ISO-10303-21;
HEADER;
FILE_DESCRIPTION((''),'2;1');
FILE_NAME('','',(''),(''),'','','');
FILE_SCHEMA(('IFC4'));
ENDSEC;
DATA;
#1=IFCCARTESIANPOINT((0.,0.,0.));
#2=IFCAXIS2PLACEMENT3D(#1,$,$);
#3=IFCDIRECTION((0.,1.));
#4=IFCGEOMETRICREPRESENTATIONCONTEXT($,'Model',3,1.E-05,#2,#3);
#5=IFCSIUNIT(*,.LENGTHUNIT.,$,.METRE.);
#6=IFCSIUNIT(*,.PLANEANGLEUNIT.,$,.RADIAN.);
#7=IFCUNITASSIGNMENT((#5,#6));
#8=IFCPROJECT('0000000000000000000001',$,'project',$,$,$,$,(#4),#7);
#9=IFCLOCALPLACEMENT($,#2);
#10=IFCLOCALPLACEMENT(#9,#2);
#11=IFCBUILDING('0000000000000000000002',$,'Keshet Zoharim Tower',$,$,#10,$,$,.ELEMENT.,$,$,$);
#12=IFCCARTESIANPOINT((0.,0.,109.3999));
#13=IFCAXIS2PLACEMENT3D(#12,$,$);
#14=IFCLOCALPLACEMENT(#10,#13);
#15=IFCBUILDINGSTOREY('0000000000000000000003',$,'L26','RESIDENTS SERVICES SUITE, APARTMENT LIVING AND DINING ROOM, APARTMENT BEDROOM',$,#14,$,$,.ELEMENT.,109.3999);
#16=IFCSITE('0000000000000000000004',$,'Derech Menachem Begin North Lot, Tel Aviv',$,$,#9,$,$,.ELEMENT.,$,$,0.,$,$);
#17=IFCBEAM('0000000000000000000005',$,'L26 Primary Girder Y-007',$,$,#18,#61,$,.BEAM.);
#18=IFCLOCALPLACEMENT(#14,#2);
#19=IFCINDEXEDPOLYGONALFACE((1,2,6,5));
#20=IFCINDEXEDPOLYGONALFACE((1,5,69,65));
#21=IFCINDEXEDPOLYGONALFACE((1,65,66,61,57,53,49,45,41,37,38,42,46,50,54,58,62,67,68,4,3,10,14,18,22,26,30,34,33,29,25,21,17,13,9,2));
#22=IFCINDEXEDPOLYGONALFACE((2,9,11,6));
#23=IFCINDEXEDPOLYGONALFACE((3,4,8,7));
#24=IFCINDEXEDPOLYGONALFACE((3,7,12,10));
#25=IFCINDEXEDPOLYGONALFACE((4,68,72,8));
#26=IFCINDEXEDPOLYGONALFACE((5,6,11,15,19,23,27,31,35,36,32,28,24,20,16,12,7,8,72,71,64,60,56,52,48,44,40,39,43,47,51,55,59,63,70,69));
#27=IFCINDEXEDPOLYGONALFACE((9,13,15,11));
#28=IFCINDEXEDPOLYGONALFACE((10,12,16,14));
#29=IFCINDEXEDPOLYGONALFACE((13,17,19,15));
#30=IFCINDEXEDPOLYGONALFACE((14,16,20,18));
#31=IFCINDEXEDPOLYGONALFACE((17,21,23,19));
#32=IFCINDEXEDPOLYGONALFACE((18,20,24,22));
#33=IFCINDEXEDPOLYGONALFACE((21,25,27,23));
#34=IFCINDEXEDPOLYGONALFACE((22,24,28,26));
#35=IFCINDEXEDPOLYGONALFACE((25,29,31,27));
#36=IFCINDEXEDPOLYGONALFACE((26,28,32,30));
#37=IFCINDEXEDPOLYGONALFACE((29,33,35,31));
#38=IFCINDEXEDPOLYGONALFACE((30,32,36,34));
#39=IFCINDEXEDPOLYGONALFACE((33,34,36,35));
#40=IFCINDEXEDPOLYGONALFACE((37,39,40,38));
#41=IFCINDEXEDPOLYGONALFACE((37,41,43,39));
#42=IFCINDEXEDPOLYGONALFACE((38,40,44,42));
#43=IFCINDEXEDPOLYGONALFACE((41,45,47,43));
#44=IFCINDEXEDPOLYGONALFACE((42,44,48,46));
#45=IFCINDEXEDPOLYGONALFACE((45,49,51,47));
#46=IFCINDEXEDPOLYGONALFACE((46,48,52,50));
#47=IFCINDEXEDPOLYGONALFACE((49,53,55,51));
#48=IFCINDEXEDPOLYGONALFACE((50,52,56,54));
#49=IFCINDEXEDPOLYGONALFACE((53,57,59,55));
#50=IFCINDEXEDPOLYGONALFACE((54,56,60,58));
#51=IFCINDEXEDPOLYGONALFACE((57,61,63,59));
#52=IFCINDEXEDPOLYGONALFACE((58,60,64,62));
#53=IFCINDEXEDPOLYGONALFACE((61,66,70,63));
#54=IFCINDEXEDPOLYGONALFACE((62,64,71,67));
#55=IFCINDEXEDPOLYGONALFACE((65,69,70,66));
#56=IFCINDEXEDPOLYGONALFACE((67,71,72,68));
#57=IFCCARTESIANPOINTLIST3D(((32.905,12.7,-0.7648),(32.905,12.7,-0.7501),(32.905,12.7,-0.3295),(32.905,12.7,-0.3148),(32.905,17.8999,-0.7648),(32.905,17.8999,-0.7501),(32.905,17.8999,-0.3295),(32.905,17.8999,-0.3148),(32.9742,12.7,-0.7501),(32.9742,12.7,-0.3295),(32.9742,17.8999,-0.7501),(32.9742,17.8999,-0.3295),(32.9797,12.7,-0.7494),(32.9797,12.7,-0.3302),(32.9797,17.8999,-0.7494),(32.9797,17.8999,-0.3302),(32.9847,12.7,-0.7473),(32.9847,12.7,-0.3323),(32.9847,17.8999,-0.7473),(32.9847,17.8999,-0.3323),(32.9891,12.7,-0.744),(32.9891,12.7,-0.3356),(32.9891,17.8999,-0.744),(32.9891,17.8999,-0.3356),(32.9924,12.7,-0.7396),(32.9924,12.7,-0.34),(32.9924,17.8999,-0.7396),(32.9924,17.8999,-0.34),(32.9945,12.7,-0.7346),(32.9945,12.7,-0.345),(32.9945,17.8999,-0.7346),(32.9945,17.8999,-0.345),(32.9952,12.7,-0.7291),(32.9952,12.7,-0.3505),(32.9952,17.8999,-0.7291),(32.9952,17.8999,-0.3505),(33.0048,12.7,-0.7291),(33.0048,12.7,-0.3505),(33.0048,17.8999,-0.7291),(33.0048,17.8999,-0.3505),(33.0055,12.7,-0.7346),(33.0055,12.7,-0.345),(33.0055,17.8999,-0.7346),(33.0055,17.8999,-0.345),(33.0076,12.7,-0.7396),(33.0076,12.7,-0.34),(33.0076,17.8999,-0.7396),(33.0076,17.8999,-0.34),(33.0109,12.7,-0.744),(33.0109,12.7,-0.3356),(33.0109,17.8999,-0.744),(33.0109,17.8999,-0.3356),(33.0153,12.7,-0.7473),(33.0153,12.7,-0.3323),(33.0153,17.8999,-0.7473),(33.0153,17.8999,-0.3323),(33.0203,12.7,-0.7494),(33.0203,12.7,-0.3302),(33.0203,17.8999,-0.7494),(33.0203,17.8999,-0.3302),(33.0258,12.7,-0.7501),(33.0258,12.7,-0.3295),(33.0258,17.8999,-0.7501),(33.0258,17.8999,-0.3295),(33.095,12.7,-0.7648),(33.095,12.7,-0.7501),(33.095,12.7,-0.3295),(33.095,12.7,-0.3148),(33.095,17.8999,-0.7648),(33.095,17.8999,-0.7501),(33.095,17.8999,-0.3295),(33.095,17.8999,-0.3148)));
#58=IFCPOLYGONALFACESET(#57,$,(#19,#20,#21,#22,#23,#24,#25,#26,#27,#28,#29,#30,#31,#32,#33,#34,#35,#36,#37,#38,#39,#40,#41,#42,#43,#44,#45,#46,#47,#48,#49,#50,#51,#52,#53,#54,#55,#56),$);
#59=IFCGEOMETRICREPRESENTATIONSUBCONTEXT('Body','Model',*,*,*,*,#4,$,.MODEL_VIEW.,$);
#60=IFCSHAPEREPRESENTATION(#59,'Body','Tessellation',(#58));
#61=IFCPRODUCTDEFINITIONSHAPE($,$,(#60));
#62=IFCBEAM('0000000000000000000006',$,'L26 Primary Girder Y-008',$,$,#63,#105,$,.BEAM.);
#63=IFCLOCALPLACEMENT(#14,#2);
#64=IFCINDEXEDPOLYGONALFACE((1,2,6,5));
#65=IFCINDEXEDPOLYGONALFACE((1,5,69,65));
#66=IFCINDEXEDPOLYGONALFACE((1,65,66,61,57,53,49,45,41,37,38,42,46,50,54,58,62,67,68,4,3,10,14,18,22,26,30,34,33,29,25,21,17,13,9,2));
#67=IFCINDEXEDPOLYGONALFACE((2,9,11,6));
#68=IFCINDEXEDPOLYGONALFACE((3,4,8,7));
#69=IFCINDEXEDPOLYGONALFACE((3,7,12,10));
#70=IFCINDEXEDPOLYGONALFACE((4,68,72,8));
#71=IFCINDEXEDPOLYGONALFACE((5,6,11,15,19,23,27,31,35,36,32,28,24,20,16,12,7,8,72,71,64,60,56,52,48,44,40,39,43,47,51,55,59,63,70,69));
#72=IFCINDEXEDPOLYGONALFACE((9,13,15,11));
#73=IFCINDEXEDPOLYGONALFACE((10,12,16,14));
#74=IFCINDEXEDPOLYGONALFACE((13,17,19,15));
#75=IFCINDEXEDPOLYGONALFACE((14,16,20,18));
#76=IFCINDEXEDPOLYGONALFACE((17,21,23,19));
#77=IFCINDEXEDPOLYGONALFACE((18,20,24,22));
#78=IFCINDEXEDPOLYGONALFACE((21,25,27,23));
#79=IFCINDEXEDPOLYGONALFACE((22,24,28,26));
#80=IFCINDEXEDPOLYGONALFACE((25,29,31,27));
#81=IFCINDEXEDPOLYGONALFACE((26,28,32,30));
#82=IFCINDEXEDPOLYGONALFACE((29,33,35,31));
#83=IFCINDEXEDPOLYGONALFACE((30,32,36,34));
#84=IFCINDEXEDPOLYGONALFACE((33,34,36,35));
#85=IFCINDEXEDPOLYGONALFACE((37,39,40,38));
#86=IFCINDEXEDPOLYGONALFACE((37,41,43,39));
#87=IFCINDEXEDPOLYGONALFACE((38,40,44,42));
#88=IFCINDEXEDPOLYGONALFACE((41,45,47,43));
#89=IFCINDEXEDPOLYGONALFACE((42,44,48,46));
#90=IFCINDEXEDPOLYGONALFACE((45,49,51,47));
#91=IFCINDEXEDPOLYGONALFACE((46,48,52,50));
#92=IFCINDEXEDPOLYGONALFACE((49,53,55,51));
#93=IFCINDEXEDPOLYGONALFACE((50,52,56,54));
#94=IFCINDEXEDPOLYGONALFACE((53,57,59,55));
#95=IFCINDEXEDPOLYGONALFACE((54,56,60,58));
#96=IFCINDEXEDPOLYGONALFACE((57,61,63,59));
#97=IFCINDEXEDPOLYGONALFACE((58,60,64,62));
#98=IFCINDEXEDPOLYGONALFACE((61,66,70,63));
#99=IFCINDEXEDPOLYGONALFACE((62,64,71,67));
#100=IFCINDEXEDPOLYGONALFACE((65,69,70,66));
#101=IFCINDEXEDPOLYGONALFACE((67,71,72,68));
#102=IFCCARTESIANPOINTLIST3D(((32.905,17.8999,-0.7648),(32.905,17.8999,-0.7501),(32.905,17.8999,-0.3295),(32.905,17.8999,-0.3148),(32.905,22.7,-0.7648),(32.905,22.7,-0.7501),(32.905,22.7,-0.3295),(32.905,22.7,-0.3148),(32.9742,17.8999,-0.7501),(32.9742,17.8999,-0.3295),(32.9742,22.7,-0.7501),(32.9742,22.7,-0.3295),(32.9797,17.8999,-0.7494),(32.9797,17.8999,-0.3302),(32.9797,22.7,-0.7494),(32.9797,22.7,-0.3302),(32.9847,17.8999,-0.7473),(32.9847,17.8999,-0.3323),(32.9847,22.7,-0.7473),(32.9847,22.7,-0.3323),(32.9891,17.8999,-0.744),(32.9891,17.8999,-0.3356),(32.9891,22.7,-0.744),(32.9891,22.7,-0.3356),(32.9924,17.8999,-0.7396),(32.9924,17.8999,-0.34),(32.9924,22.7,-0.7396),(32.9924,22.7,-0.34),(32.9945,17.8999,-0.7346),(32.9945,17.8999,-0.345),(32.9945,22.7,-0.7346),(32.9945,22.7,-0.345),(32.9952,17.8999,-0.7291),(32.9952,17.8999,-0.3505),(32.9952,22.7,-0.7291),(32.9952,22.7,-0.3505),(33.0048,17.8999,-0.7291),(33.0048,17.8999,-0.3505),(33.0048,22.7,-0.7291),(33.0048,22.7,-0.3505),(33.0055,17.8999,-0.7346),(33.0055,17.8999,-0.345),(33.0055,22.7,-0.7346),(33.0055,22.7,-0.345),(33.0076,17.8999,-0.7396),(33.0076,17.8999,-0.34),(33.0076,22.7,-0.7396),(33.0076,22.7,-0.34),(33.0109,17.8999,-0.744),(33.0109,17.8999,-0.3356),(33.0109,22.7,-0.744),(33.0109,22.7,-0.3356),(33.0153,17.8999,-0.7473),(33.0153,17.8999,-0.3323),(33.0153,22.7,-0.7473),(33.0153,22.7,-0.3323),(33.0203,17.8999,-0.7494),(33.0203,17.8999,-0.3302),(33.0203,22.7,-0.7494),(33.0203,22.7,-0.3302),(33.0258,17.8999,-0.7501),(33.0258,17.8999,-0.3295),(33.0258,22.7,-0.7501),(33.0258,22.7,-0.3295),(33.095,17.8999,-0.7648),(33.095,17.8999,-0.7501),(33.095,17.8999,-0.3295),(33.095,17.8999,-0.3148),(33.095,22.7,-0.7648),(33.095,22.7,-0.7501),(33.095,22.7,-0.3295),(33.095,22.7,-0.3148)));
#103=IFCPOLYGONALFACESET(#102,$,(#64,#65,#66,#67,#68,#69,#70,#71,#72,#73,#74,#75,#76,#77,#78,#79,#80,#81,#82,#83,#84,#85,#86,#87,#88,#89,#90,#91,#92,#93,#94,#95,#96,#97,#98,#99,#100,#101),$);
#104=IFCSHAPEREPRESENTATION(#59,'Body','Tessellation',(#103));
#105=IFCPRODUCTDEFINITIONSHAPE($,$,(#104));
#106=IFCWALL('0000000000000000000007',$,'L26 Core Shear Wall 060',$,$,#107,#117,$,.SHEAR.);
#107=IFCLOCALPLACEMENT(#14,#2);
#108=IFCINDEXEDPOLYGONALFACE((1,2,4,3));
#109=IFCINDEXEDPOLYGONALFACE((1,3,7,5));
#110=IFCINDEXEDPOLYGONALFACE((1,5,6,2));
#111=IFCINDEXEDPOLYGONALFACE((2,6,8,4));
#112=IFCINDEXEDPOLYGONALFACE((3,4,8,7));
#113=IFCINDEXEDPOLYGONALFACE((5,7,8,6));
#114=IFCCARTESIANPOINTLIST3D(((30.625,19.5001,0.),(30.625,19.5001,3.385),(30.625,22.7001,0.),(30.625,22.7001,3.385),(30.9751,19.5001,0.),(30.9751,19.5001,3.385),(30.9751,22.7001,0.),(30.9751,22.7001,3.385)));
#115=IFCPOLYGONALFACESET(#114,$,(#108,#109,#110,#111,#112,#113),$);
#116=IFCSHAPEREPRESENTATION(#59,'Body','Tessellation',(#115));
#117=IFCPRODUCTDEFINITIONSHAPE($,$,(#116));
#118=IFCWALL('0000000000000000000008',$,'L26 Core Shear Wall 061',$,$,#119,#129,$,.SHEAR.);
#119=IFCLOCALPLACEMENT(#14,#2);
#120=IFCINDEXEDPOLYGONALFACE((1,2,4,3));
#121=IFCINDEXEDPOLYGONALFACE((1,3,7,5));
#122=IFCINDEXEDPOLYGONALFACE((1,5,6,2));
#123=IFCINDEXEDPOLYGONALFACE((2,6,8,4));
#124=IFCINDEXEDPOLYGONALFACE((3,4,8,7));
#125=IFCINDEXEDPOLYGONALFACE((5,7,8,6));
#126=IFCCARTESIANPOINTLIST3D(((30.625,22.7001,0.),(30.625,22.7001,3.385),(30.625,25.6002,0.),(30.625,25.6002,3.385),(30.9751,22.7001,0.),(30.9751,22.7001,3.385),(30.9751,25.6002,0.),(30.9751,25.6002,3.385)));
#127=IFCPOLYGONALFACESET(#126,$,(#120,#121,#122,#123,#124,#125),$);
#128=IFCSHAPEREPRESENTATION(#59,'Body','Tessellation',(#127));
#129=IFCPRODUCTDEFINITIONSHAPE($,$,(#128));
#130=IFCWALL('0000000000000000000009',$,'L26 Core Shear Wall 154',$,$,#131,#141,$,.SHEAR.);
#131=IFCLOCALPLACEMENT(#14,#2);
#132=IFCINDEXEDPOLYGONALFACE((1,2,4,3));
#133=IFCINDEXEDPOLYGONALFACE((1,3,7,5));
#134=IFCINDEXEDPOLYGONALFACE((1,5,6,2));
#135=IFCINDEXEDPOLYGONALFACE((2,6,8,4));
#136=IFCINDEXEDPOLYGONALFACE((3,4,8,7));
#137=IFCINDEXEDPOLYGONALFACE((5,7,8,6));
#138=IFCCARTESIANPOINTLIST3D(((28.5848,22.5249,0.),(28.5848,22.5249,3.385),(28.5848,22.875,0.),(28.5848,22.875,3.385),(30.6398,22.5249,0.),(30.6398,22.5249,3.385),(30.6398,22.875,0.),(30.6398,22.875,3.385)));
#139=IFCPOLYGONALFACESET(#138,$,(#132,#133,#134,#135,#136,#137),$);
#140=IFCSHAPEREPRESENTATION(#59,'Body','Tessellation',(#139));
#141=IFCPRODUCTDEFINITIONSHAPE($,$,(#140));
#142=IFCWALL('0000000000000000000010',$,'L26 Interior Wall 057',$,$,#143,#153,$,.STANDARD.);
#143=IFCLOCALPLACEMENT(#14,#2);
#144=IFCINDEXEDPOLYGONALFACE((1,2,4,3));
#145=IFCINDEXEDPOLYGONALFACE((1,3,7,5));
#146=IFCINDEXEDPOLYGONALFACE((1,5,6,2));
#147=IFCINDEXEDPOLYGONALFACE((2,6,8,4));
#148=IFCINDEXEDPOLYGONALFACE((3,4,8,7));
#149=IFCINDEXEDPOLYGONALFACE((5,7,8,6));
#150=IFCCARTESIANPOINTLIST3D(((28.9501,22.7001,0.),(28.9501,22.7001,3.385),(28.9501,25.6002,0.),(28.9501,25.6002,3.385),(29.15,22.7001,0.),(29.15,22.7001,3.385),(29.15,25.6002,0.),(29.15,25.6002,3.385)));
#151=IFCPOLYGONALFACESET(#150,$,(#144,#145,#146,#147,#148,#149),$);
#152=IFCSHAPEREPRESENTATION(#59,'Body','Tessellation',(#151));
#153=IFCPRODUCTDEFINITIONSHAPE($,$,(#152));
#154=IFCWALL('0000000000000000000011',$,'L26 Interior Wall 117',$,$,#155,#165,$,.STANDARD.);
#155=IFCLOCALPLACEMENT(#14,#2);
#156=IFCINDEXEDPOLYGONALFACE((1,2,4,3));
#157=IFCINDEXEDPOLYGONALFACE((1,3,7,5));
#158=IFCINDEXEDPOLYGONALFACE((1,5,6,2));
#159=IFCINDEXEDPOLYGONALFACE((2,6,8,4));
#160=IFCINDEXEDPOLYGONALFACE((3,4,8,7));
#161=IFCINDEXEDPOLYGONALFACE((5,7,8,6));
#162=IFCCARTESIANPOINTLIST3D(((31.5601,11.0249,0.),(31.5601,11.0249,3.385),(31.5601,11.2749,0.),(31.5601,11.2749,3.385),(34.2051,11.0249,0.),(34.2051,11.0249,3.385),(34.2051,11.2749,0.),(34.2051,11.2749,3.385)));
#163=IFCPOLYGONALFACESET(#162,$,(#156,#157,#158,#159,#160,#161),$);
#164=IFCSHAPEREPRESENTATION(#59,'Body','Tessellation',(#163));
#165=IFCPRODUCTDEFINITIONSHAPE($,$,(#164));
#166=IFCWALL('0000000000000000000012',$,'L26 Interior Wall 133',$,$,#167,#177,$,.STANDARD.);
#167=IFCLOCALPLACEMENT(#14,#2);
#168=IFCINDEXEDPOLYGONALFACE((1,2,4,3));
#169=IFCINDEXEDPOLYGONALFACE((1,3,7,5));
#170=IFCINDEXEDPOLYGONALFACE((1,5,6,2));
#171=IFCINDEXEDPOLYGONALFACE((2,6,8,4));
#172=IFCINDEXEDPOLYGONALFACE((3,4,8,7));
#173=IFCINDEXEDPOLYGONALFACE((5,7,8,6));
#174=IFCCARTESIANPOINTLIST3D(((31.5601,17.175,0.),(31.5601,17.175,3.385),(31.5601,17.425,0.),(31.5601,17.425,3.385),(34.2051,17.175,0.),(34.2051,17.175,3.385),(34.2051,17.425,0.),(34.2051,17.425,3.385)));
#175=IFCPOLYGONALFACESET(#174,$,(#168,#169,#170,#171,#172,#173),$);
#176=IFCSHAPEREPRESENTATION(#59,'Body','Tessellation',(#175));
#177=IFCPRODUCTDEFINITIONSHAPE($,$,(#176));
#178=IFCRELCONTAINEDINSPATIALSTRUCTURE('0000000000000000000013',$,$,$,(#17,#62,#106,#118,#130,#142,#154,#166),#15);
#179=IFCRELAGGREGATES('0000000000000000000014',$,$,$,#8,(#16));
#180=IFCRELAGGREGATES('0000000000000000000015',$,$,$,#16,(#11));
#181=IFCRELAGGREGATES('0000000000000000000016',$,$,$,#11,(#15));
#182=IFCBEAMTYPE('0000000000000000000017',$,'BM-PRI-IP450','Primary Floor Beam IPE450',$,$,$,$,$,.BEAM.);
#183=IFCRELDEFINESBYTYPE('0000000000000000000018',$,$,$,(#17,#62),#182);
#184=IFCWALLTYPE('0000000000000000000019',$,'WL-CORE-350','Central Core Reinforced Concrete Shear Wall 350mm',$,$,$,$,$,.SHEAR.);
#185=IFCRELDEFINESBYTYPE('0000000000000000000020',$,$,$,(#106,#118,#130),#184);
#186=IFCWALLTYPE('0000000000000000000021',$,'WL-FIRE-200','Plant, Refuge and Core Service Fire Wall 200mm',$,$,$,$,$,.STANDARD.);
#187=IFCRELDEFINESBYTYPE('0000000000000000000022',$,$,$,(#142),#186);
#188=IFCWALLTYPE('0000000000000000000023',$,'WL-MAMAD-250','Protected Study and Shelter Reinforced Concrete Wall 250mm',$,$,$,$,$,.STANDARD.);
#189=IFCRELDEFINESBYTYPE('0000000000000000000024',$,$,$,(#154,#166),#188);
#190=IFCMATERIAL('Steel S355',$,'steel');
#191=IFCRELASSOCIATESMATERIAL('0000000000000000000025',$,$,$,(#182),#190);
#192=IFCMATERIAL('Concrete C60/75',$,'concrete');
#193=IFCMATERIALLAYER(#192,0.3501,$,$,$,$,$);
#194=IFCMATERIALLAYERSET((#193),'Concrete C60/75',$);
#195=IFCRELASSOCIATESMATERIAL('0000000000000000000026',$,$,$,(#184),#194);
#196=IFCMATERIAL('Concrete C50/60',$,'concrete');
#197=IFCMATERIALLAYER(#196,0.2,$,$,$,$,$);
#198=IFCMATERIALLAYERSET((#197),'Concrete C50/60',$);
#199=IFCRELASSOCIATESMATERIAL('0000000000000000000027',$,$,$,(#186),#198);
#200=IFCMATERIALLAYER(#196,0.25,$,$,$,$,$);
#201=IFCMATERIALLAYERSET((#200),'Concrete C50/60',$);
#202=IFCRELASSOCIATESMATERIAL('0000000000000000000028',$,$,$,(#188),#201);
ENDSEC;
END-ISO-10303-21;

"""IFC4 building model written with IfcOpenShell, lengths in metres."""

from ifc_helpers import new_model, si_unit, direction, frame, frame_2d, origin, origin_2d, place, context, subcontext, project, spatial, rectangle, i_section, extrude, material, layer, layer_set, material_profile, profile_set, type_object, element, save


model = new_model("IFC4")

# Units and contexts
model_context = context("Model", 3, precision=1e-05, world=origin(), true_north=direction((0.0, 1.0)))
body_context = subcontext(model_context, "Body", "Model", "MODEL_VIEW")
ifc_project = project(units=[si_unit("LENGTHUNIT", "METRE"), si_unit("PLANEANGLEUNIT", "RADIAN")], contexts=[model_context])

# Site, building, storey
site_placement = place(None, origin())
site = spatial("IfcSite", under=ifc_project, at=site_placement, Name="Derech Menachem Begin North Lot, Tel Aviv", CompositionType="ELEMENT", RefElevation=0.0)
building_placement = place(site_placement, origin())
building = spatial("IfcBuilding", under=site, at=building_placement, Name="Keshet Zoharim Tower", CompositionType="ELEMENT")
storey_placement = place(building_placement, frame((0.0, 0.0, 109.3999)))
storey = spatial("IfcBuildingStorey", under=building, at=storey_placement, Name="L26", Description="RESIDENTS SERVICES SUITE, APARTMENT LIVING AND DINING ROOM, APARTMENT BEDROOM", CompositionType="ELEMENT", Elevation=109.3999)

# Shared definitions
ifc_material_1 = material(Name="Concrete C60/75", Category="concrete")

# Beams
ifc_material_2 = material(Name="Steel S355", Category="steel")
ifc_material_profile_1 = material_profile(ifc_material_2, i_section(OverallWidth=0.1899, OverallDepth=0.45, WebThickness=0.0095, FlangeThickness=0.0146, FilletRadius=0.021, at=origin_2d()), Name="IPE450")
ifc_profile_set_1 = profile_set([ifc_material_profile_1], Name="Steel S355")
beam_type_1 = type_object("IfcBeamType", Name="BM-PRI-IP450", Description="Primary Floor Beam IPE450", PredefinedType="BEAM", material=ifc_profile_set_1)
beam_1_placement = place(storey_placement, frame((33.0, 12.7, -0.5398), z_axis=(0.0, 1.0, 0.0), x_axis=(-1.0, 0.0, 0.0)))
element("IfcBeam", 1, at=beam_1_placement, inside=storey, type_object=beam_type_1, Name="L26 Primary Girder Y-007", PredefinedType="BEAM", context=body_context, shape_type="SweptSolid", body=[
    extrude(i_section(OverallWidth=0.1899, OverallDepth=0.45, WebThickness=0.0095, FlangeThickness=0.0146, FilletRadius=0.021, at=origin_2d()), origin(), (0.0, 0.0, 1.0), 5.2),
])
beam_2_placement = place(storey_placement, frame((33.0, 17.8999, -0.5398), z_axis=(0.0, 1.0, 0.0), x_axis=(-1.0, 0.0, 0.0)))
element("IfcBeam", 2, at=beam_2_placement, inside=storey, type_object=beam_type_1, Name="L26 Primary Girder Y-008", PredefinedType="BEAM", context=body_context, shape_type="SweptSolid", body=[
    extrude(i_section(OverallWidth=0.1899, OverallDepth=0.45, WebThickness=0.0095, FlangeThickness=0.0146, FilletRadius=0.021, at=origin_2d()), origin(), (0.0, 0.0, 1.0), 4.8),
])

# Walls
ifc_layer_1 = layer(ifc_material_1, 0.3501)
ifc_layer_set_1 = layer_set([ifc_layer_1], Name="Concrete C60/75")
wall_type_1 = type_object("IfcWallType", Name="WL-CORE-350", Description="Central Core Reinforced Concrete Shear Wall 350mm", PredefinedType="SHEAR", material=ifc_layer_set_1)
wall_1_placement = place(storey_placement, frame((30.8, 19.5, 0.0), z_axis=(0.0, 0.0, 1.0), x_axis=(0.0, 1.0, 0.0)))
element("IfcWall", 3, at=wall_1_placement, inside=storey, type_object=wall_type_1, Name="L26 Core Shear Wall 060", PredefinedType="SHEAR", context=body_context, shape_type="SweptSolid", body=[
    extrude(rectangle(XDim=3.2, YDim=0.3501, at=frame_2d((1.6001, 0.0))), origin(), (0.0, 0.0, 1.0), 3.385),
])
wall_2_placement = place(storey_placement, frame((30.8, 22.7, 0.0), z_axis=(0.0, 0.0, 1.0), x_axis=(0.0, 1.0, 0.0)))
element("IfcWall", 4, at=wall_2_placement, inside=storey, type_object=wall_type_1, Name="L26 Core Shear Wall 061", PredefinedType="SHEAR", context=body_context, shape_type="SweptSolid", body=[
    extrude(rectangle(XDim=2.9001, YDim=0.3501, at=frame_2d((1.4502, 0.0))), origin(), (0.0, 0.0, 1.0), 3.385),
])
wall_3_placement = place(storey_placement, frame((28.585, 22.7, 0.0), z_axis=(0.0, 0.0, 1.0), x_axis=(1.0, 0.0, 0.0)))
element("IfcWall", 5, at=wall_3_placement, inside=storey, type_object=wall_type_1, Name="L26 Core Shear Wall 154", PredefinedType="SHEAR", context=body_context, shape_type="SweptSolid", body=[
    extrude(rectangle(XDim=2.0549, YDim=0.3501, at=frame_2d((1.0273, 0.0))), origin(), (0.0, 0.0, 1.0), 3.385),
])
ifc_material_3 = material(Name="Concrete C50/60", Category="concrete")
ifc_layer_2 = layer(ifc_material_3, 0.2)
ifc_layer_set_2 = layer_set([ifc_layer_2], Name="Concrete C50/60")
wall_type_2 = type_object("IfcWallType", Name="WL-FIRE-200", Description="Plant, Refuge and Core Service Fire Wall 200mm", PredefinedType="STANDARD", material=ifc_layer_set_2)
wall_4_placement = place(storey_placement, frame((29.05, 22.7, 0.0), z_axis=(0.0, 0.0, 1.0), x_axis=(0.0, 1.0, 0.0)))
element("IfcWall", 6, at=wall_4_placement, inside=storey, type_object=wall_type_2, Name="L26 Interior Wall 057", PredefinedType="STANDARD", context=body_context, shape_type="SweptSolid", body=[
    extrude(rectangle(XDim=2.9001, YDim=0.2, at=frame_2d((1.4502, 0.0))), origin(), (0.0, 0.0, 1.0), 3.385),
])

# Shared definitions
ifc_layer_3 = layer(ifc_material_3, 0.25)
ifc_layer_set_3 = layer_set([ifc_layer_3], Name="Concrete C50/60")
wall_type_3 = type_object("IfcWallType", Name="WL-MAMAD-250", Description="Protected Study and Shelter Reinforced Concrete Wall 250mm", PredefinedType="STANDARD", material=ifc_layer_set_3)

# Walls
for number, where, z_axis, x_axis, name in (
    (7, (31.5601, 11.1499, 0.0), (0.0, 0.0, 1.0), (1.0, 0.0, 0.0), "L26 Interior Wall 117"),
    (8, (31.5601, 17.3, 0.0), (0.0, 0.0, 1.0), (1.0, 0.0, 0.0), "L26 Interior Wall 133"),
):
    element("IfcWall", number, at=place(storey_placement, frame(where, z_axis=z_axis, x_axis=x_axis)), inside=storey, type_object=wall_type_3, Name=name, PredefinedType="STANDARD", context=body_context, shape_type="SweptSolid", body=[
        extrude(rectangle(XDim=2.645, YDim=0.25, at=frame_2d((1.3225, 0.0))), origin(), (0.0, 0.0, 1.0), 3.385),
    ])

save(model, "model.ifc")
